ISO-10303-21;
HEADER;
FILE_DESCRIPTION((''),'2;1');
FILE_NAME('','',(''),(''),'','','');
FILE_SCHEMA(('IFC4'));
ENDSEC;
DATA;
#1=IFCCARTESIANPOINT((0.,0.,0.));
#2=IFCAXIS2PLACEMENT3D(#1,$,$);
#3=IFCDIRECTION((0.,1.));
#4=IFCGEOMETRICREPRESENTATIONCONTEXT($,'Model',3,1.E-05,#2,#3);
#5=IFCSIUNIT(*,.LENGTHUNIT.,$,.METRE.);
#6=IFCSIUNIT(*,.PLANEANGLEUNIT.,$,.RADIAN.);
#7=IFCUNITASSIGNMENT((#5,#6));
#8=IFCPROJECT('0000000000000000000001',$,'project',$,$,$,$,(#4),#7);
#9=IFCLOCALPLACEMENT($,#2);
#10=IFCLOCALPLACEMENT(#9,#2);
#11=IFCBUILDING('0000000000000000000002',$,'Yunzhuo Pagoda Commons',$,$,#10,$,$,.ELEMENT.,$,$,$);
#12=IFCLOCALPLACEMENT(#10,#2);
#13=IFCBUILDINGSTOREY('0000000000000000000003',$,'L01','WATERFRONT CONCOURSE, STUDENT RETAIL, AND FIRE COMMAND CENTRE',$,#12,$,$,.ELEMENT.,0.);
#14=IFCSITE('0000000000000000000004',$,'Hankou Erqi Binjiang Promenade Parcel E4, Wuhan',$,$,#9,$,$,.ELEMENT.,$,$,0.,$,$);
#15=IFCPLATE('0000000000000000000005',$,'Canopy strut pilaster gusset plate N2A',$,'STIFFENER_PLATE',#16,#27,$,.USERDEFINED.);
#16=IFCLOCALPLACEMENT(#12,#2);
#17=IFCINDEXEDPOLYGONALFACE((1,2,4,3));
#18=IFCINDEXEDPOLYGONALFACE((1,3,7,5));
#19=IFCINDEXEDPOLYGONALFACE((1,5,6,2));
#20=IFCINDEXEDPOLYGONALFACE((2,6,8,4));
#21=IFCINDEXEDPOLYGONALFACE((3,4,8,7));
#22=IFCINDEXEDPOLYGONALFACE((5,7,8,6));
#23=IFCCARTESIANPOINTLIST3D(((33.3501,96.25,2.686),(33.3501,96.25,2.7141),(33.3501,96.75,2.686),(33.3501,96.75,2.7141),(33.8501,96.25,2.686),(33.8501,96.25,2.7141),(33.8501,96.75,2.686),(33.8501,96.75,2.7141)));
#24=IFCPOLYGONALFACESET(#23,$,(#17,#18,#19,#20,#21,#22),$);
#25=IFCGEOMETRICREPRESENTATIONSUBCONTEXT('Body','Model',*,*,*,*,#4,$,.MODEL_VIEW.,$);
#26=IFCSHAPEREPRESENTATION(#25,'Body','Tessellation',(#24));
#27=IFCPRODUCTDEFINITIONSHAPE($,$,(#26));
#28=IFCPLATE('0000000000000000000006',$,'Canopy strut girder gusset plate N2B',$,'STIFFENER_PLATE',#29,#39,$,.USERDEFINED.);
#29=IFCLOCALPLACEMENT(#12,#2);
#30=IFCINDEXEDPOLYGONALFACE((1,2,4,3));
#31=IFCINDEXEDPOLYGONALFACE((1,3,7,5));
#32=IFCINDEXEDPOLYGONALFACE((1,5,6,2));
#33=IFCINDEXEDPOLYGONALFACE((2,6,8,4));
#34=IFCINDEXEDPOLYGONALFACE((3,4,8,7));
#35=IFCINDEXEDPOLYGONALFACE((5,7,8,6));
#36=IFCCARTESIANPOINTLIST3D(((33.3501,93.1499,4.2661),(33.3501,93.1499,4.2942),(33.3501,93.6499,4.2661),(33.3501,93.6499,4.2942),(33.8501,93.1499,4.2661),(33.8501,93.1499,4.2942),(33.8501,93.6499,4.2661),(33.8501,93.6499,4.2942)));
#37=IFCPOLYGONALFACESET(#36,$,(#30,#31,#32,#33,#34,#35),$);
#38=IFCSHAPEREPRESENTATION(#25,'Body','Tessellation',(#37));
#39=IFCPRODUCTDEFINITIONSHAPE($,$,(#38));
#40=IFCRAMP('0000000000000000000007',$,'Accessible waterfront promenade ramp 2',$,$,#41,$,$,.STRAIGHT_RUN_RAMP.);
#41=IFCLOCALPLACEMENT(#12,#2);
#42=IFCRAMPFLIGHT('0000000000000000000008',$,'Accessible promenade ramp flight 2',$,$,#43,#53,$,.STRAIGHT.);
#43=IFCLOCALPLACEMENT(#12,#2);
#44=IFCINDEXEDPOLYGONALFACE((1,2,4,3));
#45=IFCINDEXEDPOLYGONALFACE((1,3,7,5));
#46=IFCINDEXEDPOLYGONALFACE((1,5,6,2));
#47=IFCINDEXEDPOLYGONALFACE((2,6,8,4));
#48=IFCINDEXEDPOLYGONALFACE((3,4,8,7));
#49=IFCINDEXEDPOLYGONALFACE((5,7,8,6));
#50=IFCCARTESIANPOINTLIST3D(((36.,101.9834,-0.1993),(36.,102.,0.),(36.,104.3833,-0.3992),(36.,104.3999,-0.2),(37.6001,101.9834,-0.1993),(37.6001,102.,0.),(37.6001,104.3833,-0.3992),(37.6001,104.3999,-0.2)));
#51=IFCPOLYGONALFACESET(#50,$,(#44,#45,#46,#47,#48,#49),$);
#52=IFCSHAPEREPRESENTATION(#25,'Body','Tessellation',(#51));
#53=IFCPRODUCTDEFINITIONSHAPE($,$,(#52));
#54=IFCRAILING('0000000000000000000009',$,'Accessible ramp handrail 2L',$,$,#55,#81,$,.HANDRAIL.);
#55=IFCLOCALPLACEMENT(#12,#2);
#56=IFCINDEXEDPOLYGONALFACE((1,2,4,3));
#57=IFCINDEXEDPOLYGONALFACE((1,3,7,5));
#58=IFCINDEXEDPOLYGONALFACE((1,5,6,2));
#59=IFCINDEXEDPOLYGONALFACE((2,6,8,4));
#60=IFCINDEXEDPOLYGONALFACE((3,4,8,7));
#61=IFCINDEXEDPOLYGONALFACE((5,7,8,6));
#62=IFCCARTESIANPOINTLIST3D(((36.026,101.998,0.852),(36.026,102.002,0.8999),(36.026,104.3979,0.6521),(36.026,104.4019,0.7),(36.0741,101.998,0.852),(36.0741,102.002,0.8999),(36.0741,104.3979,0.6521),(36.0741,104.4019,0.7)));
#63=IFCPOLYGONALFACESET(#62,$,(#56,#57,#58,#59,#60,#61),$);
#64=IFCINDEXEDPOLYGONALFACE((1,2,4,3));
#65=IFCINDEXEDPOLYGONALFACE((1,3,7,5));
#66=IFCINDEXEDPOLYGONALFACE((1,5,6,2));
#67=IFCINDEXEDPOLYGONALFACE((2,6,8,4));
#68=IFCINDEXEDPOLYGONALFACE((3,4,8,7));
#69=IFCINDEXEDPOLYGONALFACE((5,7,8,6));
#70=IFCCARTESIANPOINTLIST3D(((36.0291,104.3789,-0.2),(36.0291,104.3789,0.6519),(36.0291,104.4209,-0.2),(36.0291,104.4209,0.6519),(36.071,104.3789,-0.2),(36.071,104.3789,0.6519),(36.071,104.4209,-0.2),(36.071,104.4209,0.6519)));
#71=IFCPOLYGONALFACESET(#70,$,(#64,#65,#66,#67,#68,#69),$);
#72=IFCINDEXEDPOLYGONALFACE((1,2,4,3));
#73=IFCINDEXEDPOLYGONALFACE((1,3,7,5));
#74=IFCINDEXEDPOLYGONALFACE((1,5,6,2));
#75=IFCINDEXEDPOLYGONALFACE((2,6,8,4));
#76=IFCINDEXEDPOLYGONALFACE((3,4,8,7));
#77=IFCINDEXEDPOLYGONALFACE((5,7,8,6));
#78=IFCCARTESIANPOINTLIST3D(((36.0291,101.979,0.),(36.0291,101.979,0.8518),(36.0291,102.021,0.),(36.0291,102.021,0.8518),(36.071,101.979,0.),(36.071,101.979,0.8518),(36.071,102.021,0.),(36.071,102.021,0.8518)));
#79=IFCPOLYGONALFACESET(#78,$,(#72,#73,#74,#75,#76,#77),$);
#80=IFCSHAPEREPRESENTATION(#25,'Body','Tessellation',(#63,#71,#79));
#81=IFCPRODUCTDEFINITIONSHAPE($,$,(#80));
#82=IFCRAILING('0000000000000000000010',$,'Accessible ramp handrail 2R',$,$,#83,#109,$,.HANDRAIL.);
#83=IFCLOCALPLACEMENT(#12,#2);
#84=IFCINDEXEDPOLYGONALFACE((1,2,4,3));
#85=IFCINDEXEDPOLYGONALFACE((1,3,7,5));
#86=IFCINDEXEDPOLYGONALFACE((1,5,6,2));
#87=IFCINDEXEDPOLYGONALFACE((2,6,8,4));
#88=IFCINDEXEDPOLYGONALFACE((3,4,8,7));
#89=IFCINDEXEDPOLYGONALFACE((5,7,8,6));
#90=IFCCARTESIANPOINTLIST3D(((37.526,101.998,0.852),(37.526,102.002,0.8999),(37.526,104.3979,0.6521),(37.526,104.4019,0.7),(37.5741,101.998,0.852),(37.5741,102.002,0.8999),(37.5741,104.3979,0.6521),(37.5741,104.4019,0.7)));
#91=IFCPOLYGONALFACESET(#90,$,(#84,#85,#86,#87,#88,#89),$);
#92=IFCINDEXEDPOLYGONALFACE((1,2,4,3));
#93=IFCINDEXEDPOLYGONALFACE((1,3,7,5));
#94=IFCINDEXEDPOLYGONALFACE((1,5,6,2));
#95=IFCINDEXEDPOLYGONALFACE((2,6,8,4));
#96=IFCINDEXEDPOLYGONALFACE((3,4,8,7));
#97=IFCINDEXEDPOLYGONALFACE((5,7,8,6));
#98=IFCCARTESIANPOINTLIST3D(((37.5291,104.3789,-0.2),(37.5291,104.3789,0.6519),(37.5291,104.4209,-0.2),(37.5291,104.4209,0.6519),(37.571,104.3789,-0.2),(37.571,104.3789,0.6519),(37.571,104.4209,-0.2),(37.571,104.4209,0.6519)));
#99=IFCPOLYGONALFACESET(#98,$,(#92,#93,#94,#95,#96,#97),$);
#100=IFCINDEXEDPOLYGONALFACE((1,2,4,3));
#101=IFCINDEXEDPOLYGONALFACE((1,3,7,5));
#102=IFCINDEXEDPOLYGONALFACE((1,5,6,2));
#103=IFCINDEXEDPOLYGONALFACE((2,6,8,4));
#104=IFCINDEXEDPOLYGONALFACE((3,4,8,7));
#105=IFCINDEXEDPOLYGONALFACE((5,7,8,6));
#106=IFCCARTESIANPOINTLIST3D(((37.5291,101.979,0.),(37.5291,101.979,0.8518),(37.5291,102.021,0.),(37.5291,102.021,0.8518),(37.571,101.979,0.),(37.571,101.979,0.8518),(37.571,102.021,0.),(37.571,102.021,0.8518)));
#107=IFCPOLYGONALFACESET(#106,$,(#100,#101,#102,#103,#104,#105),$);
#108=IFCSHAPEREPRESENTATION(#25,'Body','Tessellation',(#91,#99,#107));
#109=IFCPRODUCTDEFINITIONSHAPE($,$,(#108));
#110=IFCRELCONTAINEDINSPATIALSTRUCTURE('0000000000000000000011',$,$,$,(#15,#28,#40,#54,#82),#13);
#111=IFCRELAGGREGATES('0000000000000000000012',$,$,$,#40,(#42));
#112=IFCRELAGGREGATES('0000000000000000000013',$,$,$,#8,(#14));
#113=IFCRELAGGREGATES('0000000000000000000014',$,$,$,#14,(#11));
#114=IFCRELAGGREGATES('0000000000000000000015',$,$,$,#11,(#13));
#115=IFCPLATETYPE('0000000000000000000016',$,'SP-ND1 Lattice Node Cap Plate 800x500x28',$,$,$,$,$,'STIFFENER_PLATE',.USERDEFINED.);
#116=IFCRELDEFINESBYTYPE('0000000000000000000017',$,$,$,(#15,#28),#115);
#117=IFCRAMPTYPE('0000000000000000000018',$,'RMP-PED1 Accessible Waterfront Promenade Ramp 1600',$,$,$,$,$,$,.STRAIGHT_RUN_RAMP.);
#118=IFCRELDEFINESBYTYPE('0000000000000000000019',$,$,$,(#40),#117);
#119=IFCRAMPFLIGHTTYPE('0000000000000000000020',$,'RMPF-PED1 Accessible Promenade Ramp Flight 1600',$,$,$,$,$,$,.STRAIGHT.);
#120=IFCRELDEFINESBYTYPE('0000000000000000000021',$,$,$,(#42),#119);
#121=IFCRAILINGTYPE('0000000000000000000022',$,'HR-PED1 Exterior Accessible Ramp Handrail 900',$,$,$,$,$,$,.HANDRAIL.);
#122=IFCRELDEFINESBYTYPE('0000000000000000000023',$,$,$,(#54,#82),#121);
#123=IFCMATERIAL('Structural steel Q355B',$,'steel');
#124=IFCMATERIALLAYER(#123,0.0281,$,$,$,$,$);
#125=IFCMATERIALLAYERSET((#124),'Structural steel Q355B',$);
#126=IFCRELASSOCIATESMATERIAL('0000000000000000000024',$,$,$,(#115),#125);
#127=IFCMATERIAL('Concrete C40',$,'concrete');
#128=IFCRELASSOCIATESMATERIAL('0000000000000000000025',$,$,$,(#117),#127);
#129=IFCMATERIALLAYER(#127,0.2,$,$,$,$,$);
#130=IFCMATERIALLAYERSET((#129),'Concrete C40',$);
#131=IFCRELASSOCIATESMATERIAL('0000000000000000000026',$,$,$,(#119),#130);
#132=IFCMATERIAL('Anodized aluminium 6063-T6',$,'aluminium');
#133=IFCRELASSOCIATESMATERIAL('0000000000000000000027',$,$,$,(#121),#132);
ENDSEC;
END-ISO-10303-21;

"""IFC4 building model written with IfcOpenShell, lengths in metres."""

from ifc_helpers import new_model, si_unit, direction, frame, origin, origin_2d, place, context, subcontext, project, spatial, polyline, rectangle, outline, extrude, source, transform, mapped, material, layer, layer_set, type_object, element, aggregate, save


model = new_model("IFC4")

# Units and contexts
model_context = context("Model", 3, precision=1e-05, world=origin(), true_north=direction((0.0, 1.0)))
body_context = subcontext(model_context, "Body", "Model", "MODEL_VIEW")
ifc_project = project(units=[si_unit("LENGTHUNIT", "METRE"), si_unit("PLANEANGLEUNIT", "RADIAN")], contexts=[model_context])

# Site, building, storey
site_placement = place(None, origin())
site = spatial("IfcSite", under=ifc_project, at=site_placement, Name="Hankou Erqi Binjiang Promenade Parcel E4, Wuhan", CompositionType="ELEMENT", RefElevation=0.0)
building_placement = place(site_placement, origin())
building = spatial("IfcBuilding", under=site, at=building_placement, Name="Yunzhuo Pagoda Commons", CompositionType="ELEMENT")
storey_placement = place(building_placement, origin())
storey = spatial("IfcBuildingStorey", under=building, at=storey_placement, Name="L01", Description="WATERFRONT CONCOURSE, STUDENT RETAIL, AND FIRE COMMAND CENTRE", CompositionType="ELEMENT", Elevation=0.0)

# Shared definitions
ifc_material_1 = material(Name="Structural steel Q355B", Category="steel")

# Plates
ifc_layer_1 = layer(ifc_material_1, 0.0281)
ifc_layer_set_1 = layer_set([ifc_layer_1], Name="Structural steel Q355B")
plate_type_1 = type_object("IfcPlateType", Name="SP-ND1 Lattice Node Cap Plate 800x500x28", ElementType="STIFFENER_PLATE", PredefinedType="USERDEFINED", material=ifc_layer_set_1)
shared_shape_1 = source(origin(), body_context, "Body", "SweptSolid", [
    extrude(rectangle(XDim=0.5, YDim=0.5, at=origin_2d()), origin(), (0.0, 0.0, 1.0), 0.0281),
])
for number, where, z_axis, x_axis, name in (
    (1, (33.6001, 96.5, 2.686), (0.0, 0.0, 1.0), (1.0, 0.0, 0.0), "Canopy strut pilaster gusset plate N2A"),
    (2, (33.6001, 93.3999, 4.2661), (0.0, 0.0, 1.0), (1.0, 0.0, 0.0), "Canopy strut girder gusset plate N2B"),
):
    element("IfcPlate", number, at=place(storey_placement, frame(where, z_axis=z_axis, x_axis=x_axis)), inside=storey, type_object=plate_type_1, Name=name, ObjectType="STIFFENER_PLATE", PredefinedType="USERDEFINED", context=body_context, shape_type="MappedRepresentation", body=[
        mapped(shared_shape_1, transform((0.0, 0.0, 0.0), scale=1.0)),
    ])

# Ramp, ramp flight
ifc_material_2 = material(Name="Concrete C40", Category="concrete")
ramp_type = type_object("IfcRampType", Name="RMP-PED1 Accessible Waterfront Promenade Ramp 1600", PredefinedType="STRAIGHT_RUN_RAMP", material=ifc_material_2)
ramp_placement = place(storey_placement, origin())
ramp = element("IfcRamp", 3, at=ramp_placement, inside=storey, type_object=ramp_type, Name="Accessible waterfront promenade ramp 2", PredefinedType="STRAIGHT_RUN_RAMP")
ifc_layer_2 = layer(ifc_material_2, 0.2)
ifc_layer_set_2 = layer_set([ifc_layer_2], Name="Concrete C40")
ramp_flight_type = type_object("IfcRampFlightType", Name="RMPF-PED1 Accessible Promenade Ramp Flight 1600", PredefinedType="STRAIGHT", material=ifc_layer_set_2)
ramp_flight_placement = place(storey_placement, frame((36.0, 104.3999, -0.2), z_axis=(0.0, 0.083029, 0.996547), x_axis=(1.0, 0.0, 0.0)))
ramp_flight = element("IfcRampFlight", 4, at=ramp_flight_placement, type_object=ramp_flight_type, Name="Accessible promenade ramp flight 2", PredefinedType="STRAIGHT", context=body_context, shape_type="SweptSolid", body=[
    extrude(outline(polyline([(0.0, 0.0), (1.6001, 0.0), (1.6001, -2.4082), (0.0, -2.4082), (0.0, 0.0)])), origin(), (0.0, 0.0, -1.0), 0.2),
])
aggregate(ramp, [ramp_flight])

# Railings
ifc_material_3 = material(Name="Anodized aluminium 6063-T6", Category="aluminium")
railing_type = type_object("IfcRailingType", Name="HR-PED1 Exterior Accessible Ramp Handrail 900", PredefinedType="HANDRAIL", material=ifc_material_3)
for number, where, name in (
    (5, (36.05, 104.3999, -0.2), "Accessible ramp handrail 2L"),
    (6, (37.55, 104.3999, -0.2), "Accessible ramp handrail 2R"),
):
    element("IfcRailing", number, at=place(storey_placement, frame(where)), inside=storey, type_object=railing_type, Name=name, PredefinedType="HANDRAIL", context=body_context, shape_type="SweptSolid", body=[
        extrude(rectangle(XDim=0.0481, YDim=0.0481, at=origin_2d()), frame((0.0, 0.0, 0.876), z_axis=(0.0, -0.996547, 0.083029), x_axis=(1.0, 0.0, 0.0)), (0.0, 0.0, 1.0), 2.4082),
        extrude(rectangle(XDim=0.042, YDim=0.042, at=origin_2d()), origin(), (0.0, 0.0, 1.0), 0.8518),
        extrude(rectangle(XDim=0.042, YDim=0.042, at=origin_2d()), frame((0.0, -2.3999, 0.2)), (0.0, 0.0, 1.0), 0.8518),
    ])

save(model, "model.ifc")
